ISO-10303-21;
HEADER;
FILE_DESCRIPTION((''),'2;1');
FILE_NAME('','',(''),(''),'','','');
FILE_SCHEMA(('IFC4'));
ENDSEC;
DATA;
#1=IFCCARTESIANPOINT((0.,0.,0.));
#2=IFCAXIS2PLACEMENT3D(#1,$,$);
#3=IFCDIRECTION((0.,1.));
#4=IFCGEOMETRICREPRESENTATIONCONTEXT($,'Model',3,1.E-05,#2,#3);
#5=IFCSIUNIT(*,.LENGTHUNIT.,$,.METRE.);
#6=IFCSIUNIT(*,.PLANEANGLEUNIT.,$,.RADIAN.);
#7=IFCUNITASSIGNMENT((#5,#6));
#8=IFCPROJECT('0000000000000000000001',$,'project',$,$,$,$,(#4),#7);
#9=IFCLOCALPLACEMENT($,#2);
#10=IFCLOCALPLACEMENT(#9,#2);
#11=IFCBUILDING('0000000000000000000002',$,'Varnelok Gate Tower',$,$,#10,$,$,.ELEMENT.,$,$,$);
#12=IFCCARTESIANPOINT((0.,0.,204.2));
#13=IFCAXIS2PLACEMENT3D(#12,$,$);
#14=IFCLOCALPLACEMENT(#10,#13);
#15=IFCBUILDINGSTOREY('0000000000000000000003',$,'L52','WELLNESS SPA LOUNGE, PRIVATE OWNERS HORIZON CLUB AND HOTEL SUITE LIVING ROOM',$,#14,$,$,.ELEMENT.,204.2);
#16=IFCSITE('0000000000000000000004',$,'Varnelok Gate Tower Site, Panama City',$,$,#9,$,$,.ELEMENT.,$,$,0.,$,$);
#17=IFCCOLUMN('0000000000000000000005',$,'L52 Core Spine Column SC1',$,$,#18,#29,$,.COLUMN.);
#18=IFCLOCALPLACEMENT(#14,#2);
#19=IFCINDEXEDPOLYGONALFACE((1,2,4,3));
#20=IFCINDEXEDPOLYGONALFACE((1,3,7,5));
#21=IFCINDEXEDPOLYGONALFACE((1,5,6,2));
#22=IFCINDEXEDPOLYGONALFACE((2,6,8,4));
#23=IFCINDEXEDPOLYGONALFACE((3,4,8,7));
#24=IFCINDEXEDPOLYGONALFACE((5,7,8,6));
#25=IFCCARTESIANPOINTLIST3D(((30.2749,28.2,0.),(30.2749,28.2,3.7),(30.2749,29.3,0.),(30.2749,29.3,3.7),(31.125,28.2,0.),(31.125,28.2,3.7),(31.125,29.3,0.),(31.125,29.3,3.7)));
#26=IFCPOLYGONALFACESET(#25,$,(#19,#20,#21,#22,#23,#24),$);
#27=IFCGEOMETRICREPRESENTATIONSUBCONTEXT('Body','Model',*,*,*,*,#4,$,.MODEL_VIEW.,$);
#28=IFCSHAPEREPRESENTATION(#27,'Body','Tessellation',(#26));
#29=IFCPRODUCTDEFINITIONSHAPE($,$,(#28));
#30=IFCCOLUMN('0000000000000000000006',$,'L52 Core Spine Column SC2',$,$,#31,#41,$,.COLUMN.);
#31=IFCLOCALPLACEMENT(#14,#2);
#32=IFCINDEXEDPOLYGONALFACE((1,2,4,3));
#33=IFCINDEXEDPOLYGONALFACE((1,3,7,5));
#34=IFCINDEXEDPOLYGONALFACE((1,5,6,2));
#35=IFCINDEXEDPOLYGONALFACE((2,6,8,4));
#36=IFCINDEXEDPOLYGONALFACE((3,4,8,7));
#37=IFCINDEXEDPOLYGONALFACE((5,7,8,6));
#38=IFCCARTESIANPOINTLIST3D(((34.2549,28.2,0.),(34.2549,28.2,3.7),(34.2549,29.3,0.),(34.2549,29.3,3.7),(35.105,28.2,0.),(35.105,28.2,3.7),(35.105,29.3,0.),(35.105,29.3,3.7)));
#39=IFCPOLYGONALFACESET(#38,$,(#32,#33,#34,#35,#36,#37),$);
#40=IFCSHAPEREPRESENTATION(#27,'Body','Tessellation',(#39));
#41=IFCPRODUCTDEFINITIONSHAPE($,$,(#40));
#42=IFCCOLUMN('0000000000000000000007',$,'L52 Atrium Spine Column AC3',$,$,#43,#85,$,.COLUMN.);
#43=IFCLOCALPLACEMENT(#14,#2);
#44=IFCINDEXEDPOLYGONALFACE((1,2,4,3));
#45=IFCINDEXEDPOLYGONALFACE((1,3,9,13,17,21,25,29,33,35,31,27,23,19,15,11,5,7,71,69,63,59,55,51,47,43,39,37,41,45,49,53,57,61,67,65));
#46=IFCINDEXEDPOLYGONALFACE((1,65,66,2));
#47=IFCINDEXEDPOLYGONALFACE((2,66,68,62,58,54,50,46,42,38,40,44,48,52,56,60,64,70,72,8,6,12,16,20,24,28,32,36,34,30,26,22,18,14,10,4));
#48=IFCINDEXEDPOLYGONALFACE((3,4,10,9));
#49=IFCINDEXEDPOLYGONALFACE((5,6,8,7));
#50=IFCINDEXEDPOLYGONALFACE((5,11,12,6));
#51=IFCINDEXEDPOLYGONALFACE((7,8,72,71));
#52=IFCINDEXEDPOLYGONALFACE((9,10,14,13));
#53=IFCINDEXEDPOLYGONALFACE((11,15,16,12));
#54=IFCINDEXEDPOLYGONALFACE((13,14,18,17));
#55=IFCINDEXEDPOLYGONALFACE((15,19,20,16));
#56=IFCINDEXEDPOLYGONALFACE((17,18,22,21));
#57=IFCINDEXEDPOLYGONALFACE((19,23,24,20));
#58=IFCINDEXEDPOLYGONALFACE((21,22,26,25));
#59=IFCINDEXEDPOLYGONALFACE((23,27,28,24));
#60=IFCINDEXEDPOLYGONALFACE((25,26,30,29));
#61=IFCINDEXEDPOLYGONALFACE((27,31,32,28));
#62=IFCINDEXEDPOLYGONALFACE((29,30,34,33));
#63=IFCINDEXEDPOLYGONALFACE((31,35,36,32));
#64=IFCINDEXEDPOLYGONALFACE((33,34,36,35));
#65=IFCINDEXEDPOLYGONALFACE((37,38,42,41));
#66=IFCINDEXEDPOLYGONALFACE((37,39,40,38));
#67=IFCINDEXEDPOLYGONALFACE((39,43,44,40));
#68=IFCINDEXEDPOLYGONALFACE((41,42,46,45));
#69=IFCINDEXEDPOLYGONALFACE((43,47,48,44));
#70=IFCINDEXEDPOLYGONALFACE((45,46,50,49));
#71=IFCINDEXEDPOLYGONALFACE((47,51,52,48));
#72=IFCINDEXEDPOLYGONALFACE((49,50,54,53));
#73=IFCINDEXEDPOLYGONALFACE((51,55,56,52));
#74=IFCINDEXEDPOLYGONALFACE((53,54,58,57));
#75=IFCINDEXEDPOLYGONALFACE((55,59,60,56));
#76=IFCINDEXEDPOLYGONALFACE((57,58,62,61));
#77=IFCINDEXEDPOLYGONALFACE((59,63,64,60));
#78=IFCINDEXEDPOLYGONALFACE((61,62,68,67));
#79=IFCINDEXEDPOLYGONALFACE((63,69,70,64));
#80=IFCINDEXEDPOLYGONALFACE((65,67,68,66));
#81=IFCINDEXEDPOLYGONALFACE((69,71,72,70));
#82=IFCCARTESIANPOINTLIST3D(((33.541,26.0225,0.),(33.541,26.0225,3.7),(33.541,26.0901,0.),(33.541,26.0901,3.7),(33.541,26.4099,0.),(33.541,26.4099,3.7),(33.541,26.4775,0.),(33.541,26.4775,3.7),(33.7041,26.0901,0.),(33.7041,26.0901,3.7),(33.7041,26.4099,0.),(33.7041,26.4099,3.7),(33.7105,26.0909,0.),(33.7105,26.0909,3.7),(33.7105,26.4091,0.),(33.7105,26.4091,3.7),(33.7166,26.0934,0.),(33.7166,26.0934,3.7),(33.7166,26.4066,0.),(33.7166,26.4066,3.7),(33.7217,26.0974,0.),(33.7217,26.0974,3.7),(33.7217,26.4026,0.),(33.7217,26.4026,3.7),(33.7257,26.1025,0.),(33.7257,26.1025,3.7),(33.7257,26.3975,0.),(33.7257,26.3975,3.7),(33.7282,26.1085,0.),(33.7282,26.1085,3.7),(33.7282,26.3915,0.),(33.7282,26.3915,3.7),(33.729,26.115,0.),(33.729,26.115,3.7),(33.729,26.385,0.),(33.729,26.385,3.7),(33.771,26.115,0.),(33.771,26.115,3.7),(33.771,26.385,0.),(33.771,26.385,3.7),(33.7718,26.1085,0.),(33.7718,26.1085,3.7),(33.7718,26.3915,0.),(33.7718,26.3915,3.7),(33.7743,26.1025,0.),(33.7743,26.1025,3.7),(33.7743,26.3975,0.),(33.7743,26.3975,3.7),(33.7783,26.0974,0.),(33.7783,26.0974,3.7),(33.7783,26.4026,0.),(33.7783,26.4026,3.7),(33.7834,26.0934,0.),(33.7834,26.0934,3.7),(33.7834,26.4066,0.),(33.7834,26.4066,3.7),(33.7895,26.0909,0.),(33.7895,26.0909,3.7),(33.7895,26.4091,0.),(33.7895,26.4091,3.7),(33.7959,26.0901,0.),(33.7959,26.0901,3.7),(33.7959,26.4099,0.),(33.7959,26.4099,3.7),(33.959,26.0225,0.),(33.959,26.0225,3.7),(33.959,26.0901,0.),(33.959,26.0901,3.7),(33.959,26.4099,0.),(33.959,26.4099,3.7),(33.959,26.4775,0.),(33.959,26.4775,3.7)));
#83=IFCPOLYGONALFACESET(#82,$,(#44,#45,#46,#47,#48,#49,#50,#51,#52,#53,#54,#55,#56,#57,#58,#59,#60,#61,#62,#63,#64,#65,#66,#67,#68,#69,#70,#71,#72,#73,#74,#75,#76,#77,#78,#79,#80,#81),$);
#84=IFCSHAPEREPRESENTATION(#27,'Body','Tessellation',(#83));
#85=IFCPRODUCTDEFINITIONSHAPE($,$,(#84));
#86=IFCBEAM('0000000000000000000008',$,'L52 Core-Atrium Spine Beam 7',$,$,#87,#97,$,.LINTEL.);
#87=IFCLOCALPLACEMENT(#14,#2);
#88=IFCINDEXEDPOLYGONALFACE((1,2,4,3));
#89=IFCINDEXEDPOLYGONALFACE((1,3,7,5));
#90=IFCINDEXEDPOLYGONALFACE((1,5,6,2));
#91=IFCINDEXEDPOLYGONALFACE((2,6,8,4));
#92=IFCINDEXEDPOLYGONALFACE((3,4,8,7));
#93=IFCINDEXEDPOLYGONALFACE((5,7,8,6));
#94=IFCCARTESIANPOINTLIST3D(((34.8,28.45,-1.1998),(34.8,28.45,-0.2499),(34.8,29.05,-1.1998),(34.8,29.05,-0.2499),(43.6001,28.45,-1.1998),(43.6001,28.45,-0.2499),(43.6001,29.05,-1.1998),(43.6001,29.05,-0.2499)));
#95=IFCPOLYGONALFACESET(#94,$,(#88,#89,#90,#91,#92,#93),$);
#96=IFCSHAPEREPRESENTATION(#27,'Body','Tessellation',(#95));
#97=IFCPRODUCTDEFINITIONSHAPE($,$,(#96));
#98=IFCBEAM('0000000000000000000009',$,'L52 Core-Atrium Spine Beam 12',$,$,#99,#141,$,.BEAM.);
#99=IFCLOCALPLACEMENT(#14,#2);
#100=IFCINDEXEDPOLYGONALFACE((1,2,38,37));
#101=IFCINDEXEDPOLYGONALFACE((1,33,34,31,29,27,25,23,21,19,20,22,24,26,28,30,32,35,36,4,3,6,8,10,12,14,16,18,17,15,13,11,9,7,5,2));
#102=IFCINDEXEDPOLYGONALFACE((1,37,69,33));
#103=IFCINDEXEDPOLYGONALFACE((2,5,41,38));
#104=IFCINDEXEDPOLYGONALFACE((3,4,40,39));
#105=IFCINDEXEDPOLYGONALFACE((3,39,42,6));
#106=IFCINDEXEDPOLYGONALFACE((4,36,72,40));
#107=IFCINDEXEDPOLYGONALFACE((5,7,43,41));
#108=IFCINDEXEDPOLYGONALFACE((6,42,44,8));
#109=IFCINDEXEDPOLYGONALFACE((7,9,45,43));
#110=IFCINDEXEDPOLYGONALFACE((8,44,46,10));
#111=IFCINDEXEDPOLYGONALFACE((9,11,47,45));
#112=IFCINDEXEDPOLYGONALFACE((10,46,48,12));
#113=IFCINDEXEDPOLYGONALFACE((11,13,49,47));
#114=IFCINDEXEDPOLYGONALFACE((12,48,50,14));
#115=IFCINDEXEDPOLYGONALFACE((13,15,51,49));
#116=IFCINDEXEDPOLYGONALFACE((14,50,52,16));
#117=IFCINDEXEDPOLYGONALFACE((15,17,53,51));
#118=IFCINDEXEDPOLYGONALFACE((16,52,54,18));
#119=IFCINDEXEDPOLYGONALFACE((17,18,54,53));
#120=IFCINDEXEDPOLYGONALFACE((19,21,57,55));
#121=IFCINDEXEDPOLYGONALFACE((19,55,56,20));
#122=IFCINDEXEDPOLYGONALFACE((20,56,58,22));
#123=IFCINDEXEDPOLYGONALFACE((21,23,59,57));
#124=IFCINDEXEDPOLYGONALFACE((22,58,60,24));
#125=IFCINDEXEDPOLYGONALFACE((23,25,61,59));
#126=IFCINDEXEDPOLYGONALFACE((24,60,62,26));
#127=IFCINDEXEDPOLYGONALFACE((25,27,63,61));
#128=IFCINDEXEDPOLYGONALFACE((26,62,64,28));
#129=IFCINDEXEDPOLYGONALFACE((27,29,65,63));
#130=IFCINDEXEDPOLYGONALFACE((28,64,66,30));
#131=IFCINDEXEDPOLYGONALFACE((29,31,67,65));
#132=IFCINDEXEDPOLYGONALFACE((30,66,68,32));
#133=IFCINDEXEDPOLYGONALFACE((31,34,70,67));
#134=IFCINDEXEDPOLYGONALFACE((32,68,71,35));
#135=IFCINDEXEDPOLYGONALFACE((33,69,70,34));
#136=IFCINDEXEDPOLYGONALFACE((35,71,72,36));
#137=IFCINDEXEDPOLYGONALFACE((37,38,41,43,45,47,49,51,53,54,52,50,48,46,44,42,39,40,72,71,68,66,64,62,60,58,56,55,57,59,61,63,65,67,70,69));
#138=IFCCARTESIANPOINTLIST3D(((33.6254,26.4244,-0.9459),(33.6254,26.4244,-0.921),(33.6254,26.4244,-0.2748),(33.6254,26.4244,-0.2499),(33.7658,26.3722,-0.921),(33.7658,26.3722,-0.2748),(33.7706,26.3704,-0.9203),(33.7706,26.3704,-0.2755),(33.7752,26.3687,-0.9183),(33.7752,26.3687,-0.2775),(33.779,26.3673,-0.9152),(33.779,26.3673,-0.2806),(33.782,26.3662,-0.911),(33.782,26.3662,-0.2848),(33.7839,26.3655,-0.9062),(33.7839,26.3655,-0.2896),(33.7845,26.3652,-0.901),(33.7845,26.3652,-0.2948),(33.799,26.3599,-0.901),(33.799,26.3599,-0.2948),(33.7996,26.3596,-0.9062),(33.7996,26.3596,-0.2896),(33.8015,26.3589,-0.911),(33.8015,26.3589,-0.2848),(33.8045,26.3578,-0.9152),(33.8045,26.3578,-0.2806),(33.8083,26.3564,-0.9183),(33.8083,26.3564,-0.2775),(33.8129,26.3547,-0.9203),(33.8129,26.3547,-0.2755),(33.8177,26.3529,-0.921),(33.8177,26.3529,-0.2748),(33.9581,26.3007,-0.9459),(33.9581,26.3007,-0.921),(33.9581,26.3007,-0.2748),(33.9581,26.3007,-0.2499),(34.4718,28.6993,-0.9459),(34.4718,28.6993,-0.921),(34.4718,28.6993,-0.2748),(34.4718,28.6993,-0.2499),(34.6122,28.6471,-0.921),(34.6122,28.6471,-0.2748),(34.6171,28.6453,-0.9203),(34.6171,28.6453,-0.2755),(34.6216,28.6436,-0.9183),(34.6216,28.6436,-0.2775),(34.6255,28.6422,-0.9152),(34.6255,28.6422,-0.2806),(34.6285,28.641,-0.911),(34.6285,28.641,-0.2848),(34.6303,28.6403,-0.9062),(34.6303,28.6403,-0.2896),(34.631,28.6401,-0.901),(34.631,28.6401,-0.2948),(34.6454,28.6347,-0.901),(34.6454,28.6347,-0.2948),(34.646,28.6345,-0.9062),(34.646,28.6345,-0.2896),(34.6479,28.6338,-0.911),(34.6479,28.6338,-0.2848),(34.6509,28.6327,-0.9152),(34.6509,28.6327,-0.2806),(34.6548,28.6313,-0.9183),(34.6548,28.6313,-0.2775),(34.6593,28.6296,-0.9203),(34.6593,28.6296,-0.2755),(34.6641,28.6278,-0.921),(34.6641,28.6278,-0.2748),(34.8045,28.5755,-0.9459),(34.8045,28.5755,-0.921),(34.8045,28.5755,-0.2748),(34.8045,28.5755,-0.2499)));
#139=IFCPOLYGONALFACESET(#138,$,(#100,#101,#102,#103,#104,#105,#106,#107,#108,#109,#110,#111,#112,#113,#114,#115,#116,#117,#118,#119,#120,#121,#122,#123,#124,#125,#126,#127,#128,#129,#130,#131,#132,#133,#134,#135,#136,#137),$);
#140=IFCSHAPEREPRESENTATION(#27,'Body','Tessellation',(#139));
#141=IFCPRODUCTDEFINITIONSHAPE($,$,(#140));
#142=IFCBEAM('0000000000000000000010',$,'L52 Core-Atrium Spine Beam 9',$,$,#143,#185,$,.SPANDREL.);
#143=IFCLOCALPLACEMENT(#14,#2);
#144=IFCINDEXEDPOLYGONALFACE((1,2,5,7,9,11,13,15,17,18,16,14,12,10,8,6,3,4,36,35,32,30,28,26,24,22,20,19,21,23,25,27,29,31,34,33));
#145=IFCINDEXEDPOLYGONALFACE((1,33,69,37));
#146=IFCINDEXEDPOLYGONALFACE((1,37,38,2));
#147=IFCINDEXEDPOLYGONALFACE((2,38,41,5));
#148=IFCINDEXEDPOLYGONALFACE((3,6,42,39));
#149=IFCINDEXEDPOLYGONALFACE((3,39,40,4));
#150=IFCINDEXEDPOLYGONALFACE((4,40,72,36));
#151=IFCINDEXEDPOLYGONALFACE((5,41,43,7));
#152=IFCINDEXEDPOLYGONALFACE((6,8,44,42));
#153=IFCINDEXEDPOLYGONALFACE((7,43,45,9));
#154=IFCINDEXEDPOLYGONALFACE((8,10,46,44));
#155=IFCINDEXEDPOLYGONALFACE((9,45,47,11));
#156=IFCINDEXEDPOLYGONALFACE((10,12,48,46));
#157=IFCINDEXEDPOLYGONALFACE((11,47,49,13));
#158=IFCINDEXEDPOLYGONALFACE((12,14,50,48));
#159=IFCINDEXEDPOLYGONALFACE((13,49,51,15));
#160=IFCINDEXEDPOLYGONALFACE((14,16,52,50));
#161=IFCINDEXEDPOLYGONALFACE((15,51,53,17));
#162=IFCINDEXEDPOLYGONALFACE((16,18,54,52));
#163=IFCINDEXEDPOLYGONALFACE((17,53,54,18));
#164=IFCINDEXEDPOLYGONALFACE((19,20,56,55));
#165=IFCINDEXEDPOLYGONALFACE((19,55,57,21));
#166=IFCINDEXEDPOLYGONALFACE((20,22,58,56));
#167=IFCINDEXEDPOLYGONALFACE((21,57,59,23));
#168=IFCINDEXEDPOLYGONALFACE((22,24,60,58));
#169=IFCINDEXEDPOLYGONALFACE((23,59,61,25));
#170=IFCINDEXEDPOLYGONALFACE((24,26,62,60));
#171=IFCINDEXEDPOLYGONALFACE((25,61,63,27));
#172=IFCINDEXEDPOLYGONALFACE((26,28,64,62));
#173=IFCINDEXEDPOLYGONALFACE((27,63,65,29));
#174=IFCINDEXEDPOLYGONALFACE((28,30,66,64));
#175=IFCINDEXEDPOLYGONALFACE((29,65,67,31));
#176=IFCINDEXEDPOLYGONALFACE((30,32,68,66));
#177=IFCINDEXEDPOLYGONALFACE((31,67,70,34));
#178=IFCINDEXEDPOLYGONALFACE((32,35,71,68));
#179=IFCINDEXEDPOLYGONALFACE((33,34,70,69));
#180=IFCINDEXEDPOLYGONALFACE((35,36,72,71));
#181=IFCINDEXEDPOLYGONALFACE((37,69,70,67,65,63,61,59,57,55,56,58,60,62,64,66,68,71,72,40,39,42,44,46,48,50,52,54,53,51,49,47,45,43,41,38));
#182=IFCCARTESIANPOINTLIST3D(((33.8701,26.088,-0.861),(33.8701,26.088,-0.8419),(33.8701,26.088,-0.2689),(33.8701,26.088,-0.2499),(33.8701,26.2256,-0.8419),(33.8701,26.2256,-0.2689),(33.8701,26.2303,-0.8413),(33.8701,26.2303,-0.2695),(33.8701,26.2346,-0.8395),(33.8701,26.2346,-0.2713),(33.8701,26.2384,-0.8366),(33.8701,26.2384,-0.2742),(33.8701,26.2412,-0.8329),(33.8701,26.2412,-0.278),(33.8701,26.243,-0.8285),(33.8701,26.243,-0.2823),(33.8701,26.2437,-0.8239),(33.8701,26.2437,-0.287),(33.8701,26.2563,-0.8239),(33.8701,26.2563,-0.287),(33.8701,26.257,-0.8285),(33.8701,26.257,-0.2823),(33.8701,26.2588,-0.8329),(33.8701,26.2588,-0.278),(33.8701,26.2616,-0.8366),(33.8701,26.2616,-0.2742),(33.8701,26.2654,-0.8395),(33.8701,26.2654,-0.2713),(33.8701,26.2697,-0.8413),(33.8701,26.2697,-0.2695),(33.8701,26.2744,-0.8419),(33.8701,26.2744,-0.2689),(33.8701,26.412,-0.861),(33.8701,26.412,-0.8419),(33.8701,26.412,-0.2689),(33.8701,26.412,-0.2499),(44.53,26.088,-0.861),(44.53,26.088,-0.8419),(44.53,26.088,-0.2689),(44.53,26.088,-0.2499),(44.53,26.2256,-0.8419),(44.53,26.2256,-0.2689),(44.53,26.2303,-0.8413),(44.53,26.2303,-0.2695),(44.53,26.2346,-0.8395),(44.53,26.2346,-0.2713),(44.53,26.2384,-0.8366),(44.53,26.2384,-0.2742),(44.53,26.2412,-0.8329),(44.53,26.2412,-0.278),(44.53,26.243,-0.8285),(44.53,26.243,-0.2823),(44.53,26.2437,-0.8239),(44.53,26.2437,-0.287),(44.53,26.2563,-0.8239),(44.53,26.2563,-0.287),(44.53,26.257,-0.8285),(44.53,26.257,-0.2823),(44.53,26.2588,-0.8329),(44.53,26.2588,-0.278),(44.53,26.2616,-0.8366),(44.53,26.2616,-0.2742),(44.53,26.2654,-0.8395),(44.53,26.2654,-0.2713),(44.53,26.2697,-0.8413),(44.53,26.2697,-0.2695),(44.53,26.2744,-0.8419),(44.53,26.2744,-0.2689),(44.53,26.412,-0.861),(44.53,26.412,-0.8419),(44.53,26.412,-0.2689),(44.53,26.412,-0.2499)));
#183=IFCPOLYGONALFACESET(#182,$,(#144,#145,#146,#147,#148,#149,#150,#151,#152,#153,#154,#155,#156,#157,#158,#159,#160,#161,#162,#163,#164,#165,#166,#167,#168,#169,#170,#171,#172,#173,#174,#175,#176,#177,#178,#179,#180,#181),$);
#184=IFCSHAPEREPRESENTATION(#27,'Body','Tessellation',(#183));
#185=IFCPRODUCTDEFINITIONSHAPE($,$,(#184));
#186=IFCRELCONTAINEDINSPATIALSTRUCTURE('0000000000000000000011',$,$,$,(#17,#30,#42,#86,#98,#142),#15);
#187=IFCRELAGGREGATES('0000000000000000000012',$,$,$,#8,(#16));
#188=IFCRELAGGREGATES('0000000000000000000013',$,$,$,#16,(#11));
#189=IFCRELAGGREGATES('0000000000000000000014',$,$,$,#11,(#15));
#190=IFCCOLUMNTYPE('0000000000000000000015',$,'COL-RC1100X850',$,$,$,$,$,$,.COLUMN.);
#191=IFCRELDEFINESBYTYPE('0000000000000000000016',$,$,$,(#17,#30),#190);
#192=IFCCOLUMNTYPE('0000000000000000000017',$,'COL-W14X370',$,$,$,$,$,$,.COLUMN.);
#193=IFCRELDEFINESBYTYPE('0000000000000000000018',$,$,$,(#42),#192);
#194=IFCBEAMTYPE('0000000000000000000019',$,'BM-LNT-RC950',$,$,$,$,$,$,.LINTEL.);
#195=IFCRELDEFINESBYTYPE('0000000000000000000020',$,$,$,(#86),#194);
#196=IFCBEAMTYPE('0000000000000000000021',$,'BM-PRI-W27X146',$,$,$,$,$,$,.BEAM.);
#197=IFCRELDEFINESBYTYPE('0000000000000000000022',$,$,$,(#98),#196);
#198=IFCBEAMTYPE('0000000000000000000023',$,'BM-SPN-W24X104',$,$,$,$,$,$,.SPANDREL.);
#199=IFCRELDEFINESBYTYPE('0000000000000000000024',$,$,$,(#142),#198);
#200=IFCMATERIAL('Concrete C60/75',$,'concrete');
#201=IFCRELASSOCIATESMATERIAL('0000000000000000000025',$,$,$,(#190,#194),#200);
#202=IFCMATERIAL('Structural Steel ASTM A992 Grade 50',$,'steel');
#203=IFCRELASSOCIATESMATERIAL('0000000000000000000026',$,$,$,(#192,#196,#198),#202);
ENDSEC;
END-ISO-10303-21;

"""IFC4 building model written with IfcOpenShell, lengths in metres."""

from ifc_helpers import new_model, si_unit, direction, frame, origin, origin_2d, place, context, subcontext, project, spatial, rectangle, i_section, extrude, material, material_profile, profile_set, type_object, element, save


model = new_model("IFC4")

# Units and contexts
model_context = context("Model", 3, precision=1e-05, world=origin(), true_north=direction((0.0, 1.0)))
body_context = subcontext(model_context, "Body", "Model", "MODEL_VIEW")
ifc_project = project(units=[si_unit("LENGTHUNIT", "METRE"), si_unit("PLANEANGLEUNIT", "RADIAN")], contexts=[model_context])

# Site, building, storey
site_placement = place(None, origin())
site = spatial("IfcSite", under=ifc_project, at=site_placement, Name="Varnelok Gate Tower Site, Panama City", CompositionType="ELEMENT", RefElevation=0.0)
building_placement = place(site_placement, origin())
building = spatial("IfcBuilding", under=site, at=building_placement, Name="Varnelok Gate Tower", CompositionType="ELEMENT")
storey_placement = place(building_placement, frame((0.0, 0.0, 204.2)))
storey = spatial("IfcBuildingStorey", under=building, at=storey_placement, Name="L52", Description="WELLNESS SPA LOUNGE, PRIVATE OWNERS HORIZON CLUB AND HOTEL SUITE LIVING ROOM", CompositionType="ELEMENT", Elevation=204.2)

# Columns
ifc_material_1 = material(Name="Concrete C60/75", Category="concrete")
ifc_material_profile_1 = material_profile(ifc_material_1, rectangle(XDim=0.8501, YDim=1.1001, at=origin_2d()), Name="RC1100X850")
ifc_profile_set_1 = profile_set([ifc_material_profile_1], Name="Concrete C60/75")
column_type_1 = type_object("IfcColumnType", Name="COL-RC1100X850", PredefinedType="COLUMN", material=ifc_profile_set_1)
for number, where, z_axis, x_axis, name in (
    (1, (30.7, 28.75, 0.0), (0.0, 0.0, 1.0), (1.0, 0.0, 0.0), "L52 Core Spine Column SC1"),
    (2, (34.6799, 28.75, 0.0), (0.0, 0.0, 1.0), (1.0, 0.0, 0.0), "L52 Core Spine Column SC2"),
):
    element("IfcColumn", number, at=place(storey_placement, frame(where, z_axis=z_axis, x_axis=x_axis)), inside=storey, type_object=column_type_1, Name=name, PredefinedType="COLUMN", context=body_context, shape_type="SweptSolid", body=[
        extrude(rectangle(XDim=0.8501, YDim=1.1001, at=origin_2d()), origin(), (0.0, 0.0, 1.0), 3.7),
    ])
ifc_material_2 = material(Name="Structural Steel ASTM A992 Grade 50", Category="steel")
ifc_material_profile_2 = material_profile(ifc_material_2, i_section(OverallWidth=0.418, OverallDepth=0.4551, WebThickness=0.042, FlangeThickness=0.0676, FilletRadius=0.0249, at=origin_2d()), Name="W14X370")
ifc_profile_set_2 = profile_set([ifc_material_profile_2], Name="Structural Steel ASTM A992 Grade 50")
column_type_2 = type_object("IfcColumnType", Name="COL-W14X370", PredefinedType="COLUMN", material=ifc_profile_set_2)
column_placement = place(storey_placement, frame((33.75, 26.25, 0.0), z_axis=(0.0, 0.0, 1.0), x_axis=(1.0, 0.0, 0.0)))
element("IfcColumn", 3, at=column_placement, inside=storey, type_object=column_type_2, Name="L52 Atrium Spine Column AC3", PredefinedType="COLUMN", context=body_context, shape_type="SweptSolid", body=[
    extrude(i_section(OverallWidth=0.418, OverallDepth=0.4551, WebThickness=0.042, FlangeThickness=0.0676, FilletRadius=0.0249, at=origin_2d()), origin(), (0.0, 0.0, 1.0), 3.7),
])

# Beams
ifc_material_profile_3 = material_profile(ifc_material_1, rectangle(XDim=0.6001, YDim=0.95, at=origin_2d()), Name="RC950X600")
ifc_profile_set_3 = profile_set([ifc_material_profile_3], Name="Concrete C60/75")
beam_type_1 = type_object("IfcBeamType", Name="BM-LNT-RC950", PredefinedType="LINTEL", material=ifc_profile_set_3)
beam_1_placement = place(storey_placement, frame((34.8, 28.75, -0.7249), z_axis=(1.0, 0.0, 0.0), x_axis=(0.0, 1.0, 0.0)))
element("IfcBeam", 4, at=beam_1_placement, inside=storey, type_object=beam_type_1, Name="L52 Core-Atrium Spine Beam 7", PredefinedType="LINTEL", context=body_context, shape_type="SweptSolid", body=[
    extrude(rectangle(XDim=0.6001, YDim=0.95, at=origin_2d()), origin(), (0.0, 0.0, 1.0), 8.8),
])
ifc_material_profile_4 = material_profile(ifc_material_2, i_section(OverallWidth=0.355, OverallDepth=0.696, WebThickness=0.0154, FlangeThickness=0.0249, FilletRadius=0.02, at=origin_2d()), Name="W27X146")
ifc_profile_set_4 = profile_set([ifc_material_profile_4], Name="Structural Steel ASTM A992 Grade 50")
beam_type_2 = type_object("IfcBeamType", Name="BM-PRI-W27X146", PredefinedType="BEAM", material=ifc_profile_set_4)
beam_2_placement = place(storey_placement, frame((33.7917, 26.3625, -0.5979), z_axis=(0.348719, 0.937227, 0.0), x_axis=(-0.937227, 0.348719, 0.0)))
element("IfcBeam", 5, at=beam_2_placement, inside=storey, type_object=beam_type_2, Name="L52 Core-Atrium Spine Beam 12", PredefinedType="BEAM", context=body_context, shape_type="SweptSolid", body=[
    extrude(i_section(OverallWidth=0.355, OverallDepth=0.696, WebThickness=0.0154, FlangeThickness=0.0249, FilletRadius=0.02, at=origin_2d()), origin(), (0.0, 0.0, 1.0), 2.4272),
])
ifc_material_profile_5 = material_profile(ifc_material_2, i_section(OverallWidth=0.324, OverallDepth=0.6111, WebThickness=0.0127, FlangeThickness=0.019, FilletRadius=0.0181, at=origin_2d()), Name="W24X104")
ifc_profile_set_5 = profile_set([ifc_material_profile_5], Name="Structural Steel ASTM A992 Grade 50")
beam_type_3 = type_object("IfcBeamType", Name="BM-SPN-W24X104", PredefinedType="SPANDREL", material=ifc_profile_set_5)
beam_3_placement = place(storey_placement, frame((33.8701, 26.25, -0.5554), z_axis=(1.0, 0.0, 0.0), x_axis=(0.0, 1.0, 0.0)))
element("IfcBeam", 6, at=beam_3_placement, inside=storey, type_object=beam_type_3, Name="L52 Core-Atrium Spine Beam 9", PredefinedType="SPANDREL", context=body_context, shape_type="SweptSolid", body=[
    extrude(i_section(OverallWidth=0.324, OverallDepth=0.6111, WebThickness=0.0127, FlangeThickness=0.019, FilletRadius=0.0181, at=origin_2d()), origin(), (0.0, 0.0, 1.0), 10.6599),
])

save(model, "model.ifc")
